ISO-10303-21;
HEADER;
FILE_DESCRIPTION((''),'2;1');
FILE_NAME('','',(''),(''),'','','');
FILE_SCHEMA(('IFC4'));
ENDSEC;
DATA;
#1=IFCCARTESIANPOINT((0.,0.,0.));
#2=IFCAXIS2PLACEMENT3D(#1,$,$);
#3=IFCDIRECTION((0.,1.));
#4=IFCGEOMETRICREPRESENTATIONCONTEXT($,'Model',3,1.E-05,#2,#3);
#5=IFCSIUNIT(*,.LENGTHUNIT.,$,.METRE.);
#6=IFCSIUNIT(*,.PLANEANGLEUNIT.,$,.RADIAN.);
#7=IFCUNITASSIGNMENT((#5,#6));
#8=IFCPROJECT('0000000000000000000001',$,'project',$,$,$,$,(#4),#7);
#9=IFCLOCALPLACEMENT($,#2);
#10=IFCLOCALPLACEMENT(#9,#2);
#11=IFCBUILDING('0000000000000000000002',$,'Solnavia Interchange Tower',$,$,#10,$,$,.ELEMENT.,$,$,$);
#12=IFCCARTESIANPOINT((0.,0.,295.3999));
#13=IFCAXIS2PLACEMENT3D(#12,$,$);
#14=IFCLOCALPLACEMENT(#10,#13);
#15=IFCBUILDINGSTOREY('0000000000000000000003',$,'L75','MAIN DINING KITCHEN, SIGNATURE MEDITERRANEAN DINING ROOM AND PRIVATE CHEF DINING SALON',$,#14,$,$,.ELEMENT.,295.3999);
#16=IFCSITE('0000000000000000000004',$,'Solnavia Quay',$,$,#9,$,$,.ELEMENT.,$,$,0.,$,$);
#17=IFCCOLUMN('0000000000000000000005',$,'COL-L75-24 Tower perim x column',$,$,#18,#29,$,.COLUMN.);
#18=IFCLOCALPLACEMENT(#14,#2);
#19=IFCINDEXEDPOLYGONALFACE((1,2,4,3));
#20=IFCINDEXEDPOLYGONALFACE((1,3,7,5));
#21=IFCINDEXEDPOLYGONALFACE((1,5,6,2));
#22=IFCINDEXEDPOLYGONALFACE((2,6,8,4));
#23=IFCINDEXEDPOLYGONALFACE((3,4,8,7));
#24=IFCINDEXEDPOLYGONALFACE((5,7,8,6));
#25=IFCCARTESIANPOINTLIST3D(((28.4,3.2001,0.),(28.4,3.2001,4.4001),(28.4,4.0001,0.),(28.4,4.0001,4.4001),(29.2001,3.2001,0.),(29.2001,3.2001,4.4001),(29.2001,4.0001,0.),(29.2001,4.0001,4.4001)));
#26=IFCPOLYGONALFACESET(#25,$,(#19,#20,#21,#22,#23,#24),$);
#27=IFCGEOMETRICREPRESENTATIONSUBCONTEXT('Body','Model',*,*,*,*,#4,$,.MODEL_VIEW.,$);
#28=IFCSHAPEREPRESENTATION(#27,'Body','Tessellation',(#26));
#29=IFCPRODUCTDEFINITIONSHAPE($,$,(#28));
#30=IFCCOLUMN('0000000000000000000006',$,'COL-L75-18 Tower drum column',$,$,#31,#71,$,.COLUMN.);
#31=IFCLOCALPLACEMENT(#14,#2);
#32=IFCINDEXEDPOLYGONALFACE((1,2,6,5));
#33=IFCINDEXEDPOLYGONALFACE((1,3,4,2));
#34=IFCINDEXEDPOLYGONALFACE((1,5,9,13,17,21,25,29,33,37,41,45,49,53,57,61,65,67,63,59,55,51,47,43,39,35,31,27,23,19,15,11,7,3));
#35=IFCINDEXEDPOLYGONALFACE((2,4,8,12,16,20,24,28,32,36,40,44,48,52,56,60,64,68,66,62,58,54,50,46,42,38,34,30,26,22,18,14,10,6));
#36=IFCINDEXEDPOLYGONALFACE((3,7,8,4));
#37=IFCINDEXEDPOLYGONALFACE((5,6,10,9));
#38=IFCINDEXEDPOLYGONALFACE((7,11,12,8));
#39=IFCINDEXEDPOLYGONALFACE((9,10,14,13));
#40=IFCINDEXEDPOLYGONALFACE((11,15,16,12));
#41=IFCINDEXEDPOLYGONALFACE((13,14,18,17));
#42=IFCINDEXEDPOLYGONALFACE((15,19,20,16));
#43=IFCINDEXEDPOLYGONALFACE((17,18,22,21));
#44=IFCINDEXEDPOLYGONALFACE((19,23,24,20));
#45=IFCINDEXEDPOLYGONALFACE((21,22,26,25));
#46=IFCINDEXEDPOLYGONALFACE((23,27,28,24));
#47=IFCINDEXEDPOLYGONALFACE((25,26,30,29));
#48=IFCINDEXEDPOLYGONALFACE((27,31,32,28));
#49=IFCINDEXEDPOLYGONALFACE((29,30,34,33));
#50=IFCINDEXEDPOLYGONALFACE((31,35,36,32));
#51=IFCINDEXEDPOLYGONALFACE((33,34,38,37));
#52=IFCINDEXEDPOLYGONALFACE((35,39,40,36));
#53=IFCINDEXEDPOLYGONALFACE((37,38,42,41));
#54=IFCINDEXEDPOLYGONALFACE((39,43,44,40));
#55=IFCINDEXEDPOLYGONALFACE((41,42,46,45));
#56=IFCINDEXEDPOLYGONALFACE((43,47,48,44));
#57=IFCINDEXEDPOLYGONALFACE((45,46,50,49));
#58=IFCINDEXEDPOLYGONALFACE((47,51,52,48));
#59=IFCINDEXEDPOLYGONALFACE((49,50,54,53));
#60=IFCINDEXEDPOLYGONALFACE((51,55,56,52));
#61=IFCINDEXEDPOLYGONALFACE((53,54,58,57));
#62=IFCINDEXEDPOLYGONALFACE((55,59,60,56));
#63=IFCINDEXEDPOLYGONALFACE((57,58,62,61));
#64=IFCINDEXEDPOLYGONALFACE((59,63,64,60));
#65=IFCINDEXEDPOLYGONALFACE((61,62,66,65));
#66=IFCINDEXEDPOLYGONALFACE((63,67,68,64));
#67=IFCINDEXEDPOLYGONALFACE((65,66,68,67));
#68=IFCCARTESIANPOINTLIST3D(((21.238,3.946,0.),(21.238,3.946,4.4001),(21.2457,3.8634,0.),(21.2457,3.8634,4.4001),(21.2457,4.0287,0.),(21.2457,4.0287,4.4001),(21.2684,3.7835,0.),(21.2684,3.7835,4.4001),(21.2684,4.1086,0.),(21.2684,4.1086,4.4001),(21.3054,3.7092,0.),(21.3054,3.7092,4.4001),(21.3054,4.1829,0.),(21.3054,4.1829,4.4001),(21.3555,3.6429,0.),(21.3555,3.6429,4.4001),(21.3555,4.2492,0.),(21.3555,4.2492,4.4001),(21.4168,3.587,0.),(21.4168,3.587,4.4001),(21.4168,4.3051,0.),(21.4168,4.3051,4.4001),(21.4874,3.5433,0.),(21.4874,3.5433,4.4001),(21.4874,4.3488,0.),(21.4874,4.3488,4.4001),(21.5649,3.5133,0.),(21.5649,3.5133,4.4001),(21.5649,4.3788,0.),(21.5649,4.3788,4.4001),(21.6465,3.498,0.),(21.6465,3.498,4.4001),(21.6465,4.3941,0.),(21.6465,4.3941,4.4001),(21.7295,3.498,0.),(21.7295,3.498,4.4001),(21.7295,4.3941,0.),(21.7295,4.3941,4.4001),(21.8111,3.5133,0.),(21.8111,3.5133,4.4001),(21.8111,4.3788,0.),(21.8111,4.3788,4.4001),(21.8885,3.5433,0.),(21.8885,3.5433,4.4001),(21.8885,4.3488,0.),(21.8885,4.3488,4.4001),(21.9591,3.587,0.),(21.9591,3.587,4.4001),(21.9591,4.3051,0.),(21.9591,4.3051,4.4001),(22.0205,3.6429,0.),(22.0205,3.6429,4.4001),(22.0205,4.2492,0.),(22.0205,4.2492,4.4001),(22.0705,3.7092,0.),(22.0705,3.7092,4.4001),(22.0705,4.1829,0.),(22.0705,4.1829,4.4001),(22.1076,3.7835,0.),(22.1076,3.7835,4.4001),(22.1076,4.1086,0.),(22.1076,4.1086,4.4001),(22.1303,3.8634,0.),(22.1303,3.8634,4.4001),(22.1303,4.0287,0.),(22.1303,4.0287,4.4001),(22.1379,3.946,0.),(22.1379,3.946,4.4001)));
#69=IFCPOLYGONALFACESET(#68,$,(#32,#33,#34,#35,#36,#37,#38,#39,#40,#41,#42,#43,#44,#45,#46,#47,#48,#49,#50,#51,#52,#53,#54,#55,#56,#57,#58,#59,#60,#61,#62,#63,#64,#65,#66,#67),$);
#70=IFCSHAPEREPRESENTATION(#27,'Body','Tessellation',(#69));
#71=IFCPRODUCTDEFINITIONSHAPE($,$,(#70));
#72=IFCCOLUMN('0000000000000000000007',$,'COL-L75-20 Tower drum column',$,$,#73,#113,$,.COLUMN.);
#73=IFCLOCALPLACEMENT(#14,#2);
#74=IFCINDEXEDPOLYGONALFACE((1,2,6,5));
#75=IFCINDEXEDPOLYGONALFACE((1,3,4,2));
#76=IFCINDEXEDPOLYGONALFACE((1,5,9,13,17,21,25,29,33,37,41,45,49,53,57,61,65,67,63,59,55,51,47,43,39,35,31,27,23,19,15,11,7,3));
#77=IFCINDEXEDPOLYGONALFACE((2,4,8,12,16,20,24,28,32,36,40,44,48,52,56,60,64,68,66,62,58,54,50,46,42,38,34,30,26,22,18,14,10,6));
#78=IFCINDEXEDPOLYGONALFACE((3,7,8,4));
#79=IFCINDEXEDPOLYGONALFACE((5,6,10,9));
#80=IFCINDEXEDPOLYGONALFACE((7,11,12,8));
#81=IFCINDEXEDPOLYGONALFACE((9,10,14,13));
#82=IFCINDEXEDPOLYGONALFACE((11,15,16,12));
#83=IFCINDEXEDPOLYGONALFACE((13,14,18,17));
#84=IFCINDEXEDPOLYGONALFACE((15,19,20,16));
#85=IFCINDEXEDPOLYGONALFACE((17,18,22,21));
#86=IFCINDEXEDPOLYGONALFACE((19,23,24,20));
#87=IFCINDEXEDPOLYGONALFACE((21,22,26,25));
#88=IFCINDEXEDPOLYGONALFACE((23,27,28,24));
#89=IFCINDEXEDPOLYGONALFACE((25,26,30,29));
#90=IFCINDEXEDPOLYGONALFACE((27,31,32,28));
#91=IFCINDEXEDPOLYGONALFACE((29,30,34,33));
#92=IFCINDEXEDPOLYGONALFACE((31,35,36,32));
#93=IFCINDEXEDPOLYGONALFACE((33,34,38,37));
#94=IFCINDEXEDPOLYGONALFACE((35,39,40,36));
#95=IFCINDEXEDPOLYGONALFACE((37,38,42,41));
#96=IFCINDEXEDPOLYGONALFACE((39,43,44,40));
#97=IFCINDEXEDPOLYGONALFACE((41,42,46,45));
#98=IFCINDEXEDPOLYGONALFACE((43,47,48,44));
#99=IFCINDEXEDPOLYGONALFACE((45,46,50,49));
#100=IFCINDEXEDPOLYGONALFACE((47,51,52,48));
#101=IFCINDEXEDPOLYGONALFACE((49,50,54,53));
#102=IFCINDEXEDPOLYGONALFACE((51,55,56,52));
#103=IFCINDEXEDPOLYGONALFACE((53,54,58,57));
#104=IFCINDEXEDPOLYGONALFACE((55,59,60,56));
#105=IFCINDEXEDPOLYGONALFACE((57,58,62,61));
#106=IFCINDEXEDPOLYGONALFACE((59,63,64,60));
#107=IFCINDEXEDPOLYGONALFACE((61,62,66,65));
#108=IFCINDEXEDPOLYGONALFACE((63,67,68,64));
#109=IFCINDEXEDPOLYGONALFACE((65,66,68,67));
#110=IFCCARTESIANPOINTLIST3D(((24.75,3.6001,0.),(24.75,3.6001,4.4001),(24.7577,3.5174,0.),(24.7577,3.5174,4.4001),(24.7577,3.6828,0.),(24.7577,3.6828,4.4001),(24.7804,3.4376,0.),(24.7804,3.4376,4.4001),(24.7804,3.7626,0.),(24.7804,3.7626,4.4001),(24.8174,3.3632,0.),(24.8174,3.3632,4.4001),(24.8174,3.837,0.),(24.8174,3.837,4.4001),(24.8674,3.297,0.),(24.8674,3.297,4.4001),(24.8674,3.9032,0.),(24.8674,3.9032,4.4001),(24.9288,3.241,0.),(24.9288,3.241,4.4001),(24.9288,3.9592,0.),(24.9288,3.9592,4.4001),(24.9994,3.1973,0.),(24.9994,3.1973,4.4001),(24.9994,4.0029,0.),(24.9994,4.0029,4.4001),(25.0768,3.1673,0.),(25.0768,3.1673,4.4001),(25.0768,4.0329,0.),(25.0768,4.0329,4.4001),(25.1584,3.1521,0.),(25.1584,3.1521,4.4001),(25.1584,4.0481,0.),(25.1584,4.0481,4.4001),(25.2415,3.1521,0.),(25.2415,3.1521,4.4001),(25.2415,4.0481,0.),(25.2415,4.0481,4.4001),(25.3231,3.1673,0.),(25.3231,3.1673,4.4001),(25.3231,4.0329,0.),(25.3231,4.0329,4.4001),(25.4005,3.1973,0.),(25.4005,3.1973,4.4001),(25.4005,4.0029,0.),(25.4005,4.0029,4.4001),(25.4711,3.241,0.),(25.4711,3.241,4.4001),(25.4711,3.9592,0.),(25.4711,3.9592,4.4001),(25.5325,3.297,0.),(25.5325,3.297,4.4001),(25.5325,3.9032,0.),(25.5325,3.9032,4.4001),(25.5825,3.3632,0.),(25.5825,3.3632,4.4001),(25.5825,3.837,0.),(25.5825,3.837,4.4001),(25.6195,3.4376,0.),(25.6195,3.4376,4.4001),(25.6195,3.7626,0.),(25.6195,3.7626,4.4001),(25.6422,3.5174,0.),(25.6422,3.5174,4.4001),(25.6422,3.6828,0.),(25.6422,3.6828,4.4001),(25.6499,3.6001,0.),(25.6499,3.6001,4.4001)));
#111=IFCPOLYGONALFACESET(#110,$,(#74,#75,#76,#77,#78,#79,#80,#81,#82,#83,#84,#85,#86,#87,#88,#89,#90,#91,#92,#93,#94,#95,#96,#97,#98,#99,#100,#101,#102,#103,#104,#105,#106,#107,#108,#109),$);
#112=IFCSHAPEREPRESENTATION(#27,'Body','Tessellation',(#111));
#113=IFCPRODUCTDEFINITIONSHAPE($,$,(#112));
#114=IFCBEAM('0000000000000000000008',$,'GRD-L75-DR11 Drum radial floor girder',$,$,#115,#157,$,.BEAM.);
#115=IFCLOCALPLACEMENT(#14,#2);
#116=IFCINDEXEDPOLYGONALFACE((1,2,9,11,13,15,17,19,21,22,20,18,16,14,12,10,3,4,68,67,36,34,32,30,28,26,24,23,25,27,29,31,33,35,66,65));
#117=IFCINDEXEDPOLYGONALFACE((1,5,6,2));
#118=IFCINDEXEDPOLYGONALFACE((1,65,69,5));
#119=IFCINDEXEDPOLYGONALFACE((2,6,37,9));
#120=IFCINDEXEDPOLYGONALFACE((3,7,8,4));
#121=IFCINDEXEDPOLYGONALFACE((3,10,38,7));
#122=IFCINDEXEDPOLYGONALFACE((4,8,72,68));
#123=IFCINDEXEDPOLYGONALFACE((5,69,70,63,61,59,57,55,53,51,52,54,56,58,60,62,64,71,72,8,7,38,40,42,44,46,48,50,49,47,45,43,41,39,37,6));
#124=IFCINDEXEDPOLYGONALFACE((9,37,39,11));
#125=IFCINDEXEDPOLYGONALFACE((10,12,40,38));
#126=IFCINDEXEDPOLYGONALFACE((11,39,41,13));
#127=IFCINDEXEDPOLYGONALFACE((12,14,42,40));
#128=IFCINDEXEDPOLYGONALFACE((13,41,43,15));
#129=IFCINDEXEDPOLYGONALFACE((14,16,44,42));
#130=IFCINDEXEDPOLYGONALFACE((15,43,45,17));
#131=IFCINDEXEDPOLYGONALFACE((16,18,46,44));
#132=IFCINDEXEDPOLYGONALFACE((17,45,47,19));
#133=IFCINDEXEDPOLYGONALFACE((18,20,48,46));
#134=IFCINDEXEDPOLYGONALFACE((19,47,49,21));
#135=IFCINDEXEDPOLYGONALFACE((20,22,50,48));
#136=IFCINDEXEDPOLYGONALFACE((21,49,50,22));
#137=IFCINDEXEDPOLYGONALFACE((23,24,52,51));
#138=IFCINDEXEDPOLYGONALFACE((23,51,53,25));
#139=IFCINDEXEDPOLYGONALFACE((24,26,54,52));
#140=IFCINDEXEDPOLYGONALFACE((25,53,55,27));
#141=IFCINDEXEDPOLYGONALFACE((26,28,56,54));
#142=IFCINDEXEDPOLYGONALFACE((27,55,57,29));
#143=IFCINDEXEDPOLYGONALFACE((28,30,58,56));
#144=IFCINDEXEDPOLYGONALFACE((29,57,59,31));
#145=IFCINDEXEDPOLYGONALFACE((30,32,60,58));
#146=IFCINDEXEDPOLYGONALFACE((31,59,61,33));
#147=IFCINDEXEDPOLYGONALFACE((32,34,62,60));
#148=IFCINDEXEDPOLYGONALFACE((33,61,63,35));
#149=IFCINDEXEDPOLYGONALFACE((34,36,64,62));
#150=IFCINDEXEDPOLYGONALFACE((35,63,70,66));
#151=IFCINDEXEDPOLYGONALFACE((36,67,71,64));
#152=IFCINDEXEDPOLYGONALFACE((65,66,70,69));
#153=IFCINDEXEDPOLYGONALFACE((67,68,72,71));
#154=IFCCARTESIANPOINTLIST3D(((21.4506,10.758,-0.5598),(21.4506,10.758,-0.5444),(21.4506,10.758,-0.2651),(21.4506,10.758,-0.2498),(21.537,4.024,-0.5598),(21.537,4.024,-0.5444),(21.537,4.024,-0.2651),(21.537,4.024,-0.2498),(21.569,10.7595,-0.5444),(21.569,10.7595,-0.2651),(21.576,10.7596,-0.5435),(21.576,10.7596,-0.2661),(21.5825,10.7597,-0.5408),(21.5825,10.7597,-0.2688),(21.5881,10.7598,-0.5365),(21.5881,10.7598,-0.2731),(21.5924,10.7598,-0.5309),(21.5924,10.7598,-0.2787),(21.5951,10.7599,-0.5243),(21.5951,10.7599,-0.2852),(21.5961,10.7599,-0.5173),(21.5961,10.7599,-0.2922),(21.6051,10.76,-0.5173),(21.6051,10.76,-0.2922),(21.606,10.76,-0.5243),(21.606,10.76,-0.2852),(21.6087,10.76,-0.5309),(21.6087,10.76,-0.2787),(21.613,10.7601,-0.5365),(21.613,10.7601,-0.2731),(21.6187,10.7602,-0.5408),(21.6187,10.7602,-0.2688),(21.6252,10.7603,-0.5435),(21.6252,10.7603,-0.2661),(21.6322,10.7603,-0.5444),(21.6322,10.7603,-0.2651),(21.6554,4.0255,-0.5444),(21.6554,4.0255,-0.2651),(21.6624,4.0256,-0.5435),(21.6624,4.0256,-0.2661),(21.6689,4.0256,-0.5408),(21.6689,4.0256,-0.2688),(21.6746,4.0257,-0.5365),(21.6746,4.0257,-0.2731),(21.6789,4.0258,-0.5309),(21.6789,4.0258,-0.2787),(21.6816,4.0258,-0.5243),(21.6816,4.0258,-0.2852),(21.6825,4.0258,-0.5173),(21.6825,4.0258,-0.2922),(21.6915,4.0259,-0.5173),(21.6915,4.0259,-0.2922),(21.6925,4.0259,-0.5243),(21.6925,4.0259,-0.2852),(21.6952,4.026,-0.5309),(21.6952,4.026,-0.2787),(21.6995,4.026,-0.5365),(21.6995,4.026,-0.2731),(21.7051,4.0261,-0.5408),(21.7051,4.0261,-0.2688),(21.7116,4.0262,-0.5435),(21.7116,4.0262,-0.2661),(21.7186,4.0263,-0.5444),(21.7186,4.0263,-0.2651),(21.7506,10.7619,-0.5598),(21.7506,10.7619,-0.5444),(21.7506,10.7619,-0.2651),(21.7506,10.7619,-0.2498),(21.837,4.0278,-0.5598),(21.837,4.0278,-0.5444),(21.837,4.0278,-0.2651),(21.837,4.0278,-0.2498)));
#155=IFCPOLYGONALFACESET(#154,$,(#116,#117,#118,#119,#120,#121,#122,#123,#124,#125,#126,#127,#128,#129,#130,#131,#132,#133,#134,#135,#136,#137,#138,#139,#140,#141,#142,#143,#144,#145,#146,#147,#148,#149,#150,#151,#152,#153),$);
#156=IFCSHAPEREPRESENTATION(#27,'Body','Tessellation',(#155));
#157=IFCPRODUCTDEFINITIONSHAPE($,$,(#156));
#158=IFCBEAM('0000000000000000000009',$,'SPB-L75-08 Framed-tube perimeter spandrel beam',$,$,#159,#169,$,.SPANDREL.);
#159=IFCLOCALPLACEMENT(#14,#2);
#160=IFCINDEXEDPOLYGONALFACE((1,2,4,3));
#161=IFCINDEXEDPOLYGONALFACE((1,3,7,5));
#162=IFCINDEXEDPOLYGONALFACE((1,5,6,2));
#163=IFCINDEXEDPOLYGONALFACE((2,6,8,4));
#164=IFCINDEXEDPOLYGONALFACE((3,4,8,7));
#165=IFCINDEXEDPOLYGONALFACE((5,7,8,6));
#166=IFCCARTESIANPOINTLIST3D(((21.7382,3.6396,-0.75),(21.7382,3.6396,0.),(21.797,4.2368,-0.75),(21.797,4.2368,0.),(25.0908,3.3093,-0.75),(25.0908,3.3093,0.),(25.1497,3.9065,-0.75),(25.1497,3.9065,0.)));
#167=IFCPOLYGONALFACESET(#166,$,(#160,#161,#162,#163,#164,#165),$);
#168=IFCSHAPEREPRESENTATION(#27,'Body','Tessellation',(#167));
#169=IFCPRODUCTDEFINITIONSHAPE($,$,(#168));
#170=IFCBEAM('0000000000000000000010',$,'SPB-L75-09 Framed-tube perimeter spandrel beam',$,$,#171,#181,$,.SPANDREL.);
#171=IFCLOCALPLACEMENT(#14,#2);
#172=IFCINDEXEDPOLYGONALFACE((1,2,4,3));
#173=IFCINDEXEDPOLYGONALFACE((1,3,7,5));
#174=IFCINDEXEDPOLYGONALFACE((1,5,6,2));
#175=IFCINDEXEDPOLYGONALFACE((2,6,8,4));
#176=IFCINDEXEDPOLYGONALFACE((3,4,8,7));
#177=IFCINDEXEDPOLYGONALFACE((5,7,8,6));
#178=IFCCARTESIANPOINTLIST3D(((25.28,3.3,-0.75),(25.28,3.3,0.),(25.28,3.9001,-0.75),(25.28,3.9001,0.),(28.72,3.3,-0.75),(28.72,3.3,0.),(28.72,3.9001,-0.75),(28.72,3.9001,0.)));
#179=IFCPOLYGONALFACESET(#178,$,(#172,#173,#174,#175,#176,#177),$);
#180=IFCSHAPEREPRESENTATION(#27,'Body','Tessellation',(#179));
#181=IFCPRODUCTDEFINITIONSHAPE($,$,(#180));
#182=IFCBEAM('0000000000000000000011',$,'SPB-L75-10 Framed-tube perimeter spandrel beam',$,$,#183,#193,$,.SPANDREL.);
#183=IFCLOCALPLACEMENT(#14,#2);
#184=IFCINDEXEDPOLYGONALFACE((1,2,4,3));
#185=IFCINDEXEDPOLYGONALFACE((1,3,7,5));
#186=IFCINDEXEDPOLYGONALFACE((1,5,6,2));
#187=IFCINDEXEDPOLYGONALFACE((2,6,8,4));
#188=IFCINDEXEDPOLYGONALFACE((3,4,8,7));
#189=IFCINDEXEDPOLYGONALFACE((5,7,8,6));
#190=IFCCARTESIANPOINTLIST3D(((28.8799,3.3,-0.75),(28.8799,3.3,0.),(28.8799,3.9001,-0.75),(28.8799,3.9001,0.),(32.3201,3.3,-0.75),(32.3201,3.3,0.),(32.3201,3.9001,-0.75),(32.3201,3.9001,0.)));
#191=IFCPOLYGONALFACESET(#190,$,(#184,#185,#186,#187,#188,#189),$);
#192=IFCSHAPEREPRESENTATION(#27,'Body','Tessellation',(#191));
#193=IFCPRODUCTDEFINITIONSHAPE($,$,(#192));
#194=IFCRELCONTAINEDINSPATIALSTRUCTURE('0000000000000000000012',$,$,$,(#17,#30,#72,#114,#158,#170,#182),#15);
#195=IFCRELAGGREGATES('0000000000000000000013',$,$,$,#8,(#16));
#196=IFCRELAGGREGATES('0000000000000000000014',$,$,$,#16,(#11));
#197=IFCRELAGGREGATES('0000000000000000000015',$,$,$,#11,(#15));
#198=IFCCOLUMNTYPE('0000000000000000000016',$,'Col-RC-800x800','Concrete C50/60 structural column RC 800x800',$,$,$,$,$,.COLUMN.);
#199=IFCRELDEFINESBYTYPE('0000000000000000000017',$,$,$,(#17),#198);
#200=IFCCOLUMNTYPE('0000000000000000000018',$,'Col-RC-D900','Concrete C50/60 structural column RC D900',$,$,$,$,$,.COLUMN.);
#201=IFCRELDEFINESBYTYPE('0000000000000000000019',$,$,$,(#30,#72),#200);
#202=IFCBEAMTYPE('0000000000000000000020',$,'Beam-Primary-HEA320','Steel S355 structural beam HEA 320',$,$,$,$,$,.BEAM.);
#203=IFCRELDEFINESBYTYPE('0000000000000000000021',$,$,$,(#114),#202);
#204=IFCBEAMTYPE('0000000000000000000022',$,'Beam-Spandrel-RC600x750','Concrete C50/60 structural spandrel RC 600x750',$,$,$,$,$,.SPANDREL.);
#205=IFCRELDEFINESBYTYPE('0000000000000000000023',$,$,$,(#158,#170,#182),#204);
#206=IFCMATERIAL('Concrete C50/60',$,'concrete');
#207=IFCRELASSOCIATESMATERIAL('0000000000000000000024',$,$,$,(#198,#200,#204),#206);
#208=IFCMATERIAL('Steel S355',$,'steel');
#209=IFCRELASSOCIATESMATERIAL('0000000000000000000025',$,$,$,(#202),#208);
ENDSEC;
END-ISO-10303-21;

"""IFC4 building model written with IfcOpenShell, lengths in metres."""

from ifc_helpers import new_model, si_unit, direction, frame, origin, origin_2d, place, context, subcontext, project, spatial, rectangle, circle, i_section, extrude, material, material_profile, profile_set, type_object, element, save


model = new_model("IFC4")

# Units and contexts
model_context = context("Model", 3, precision=1e-05, world=origin(), true_north=direction((0.0, 1.0)))
body_context = subcontext(model_context, "Body", "Model", "MODEL_VIEW")
ifc_project = project(units=[si_unit("LENGTHUNIT", "METRE"), si_unit("PLANEANGLEUNIT", "RADIAN")], contexts=[model_context])

# Site, building, storey
site_placement = place(None, origin())
site = spatial("IfcSite", under=ifc_project, at=site_placement, Name="Solnavia Quay", CompositionType="ELEMENT", RefElevation=0.0)
building_placement = place(site_placement, origin())
building = spatial("IfcBuilding", under=site, at=building_placement, Name="Solnavia Interchange Tower", CompositionType="ELEMENT")
storey_placement = place(building_placement, frame((0.0, 0.0, 295.3999)))
storey = spatial("IfcBuildingStorey", under=building, at=storey_placement, Name="L75", Description="MAIN DINING KITCHEN, SIGNATURE MEDITERRANEAN DINING ROOM AND PRIVATE CHEF DINING SALON", CompositionType="ELEMENT", Elevation=295.3999)

# Columns
ifc_material_1 = material(Name="Concrete C50/60", Category="concrete")
ifc_material_profile_1 = material_profile(ifc_material_1, rectangle(XDim=0.8, YDim=0.8, at=origin_2d()), Name="RC 800x800")
ifc_profile_set_1 = profile_set([ifc_material_profile_1], Name="Concrete C50/60")
column_type_1 = type_object("IfcColumnType", Name="Col-RC-800x800", Description="Concrete C50/60 structural column RC 800x800", PredefinedType="COLUMN", material=ifc_profile_set_1)
column_placement = place(storey_placement, frame((28.8, 3.6001, 0.0), z_axis=(0.0, 0.0, 1.0), x_axis=(1.0, 0.0, 0.0)))
element("IfcColumn", 1, at=column_placement, inside=storey, type_object=column_type_1, Name="COL-L75-24 Tower perim x column", PredefinedType="COLUMN", context=body_context, shape_type="SweptSolid", body=[
    extrude(rectangle(XDim=0.8, YDim=0.8, at=origin_2d()), origin(), (0.0, 0.0, 1.0), 4.4001),
])
ifc_material_profile_2 = material_profile(ifc_material_1, circle(Radius=0.45, at=origin_2d()), Name="RC D900")
ifc_profile_set_2 = profile_set([ifc_material_profile_2], Name="Concrete C50/60")
column_type_2 = type_object("IfcColumnType", Name="Col-RC-D900", Description="Concrete C50/60 structural column RC D900", PredefinedType="COLUMN", material=ifc_profile_set_2)
for number, where, z_axis, x_axis, name in (
    (2, (21.688, 3.946, 0.0), (0.0, 0.0, 1.0), (1.0, 0.0, 0.0), "COL-L75-18 Tower drum column"),
    (3, (25.2, 3.6001, 0.0), (0.0, 0.0, 1.0), (1.0, 0.0, 0.0), "COL-L75-20 Tower drum column"),
):
    element("IfcColumn", number, at=place(storey_placement, frame(where, z_axis=z_axis, x_axis=x_axis)), inside=storey, type_object=column_type_2, Name=name, PredefinedType="COLUMN", context=body_context, shape_type="SweptSolid", body=[
        extrude(circle(Radius=0.45, at=origin_2d()), origin(), (0.0, 0.0, 1.0), 4.4001),
    ])

# Beams
ifc_material_2 = material(Name="Steel S355", Category="steel")
ifc_material_profile_3 = material_profile(ifc_material_2, i_section(OverallWidth=0.3, OverallDepth=0.3101, WebThickness=0.009, FlangeThickness=0.0154, FilletRadius=0.0271, at=origin_2d()), Name="HEA 320")
ifc_profile_set_3 = profile_set([ifc_material_profile_3], Name="Steel S355")
beam_type_1 = type_object("IfcBeamType", Name="Beam-Primary-HEA320", Description="Steel S355 structural beam HEA 320", PredefinedType="BEAM", material=ifc_profile_set_3)
beam_1_placement = place(storey_placement, frame((21.687, 4.0259, -0.4048), z_axis=(-0.012833, 0.999918, 0.0), x_axis=(-0.999918, -0.012833, 0.0)))
element("IfcBeam", 4, at=beam_1_placement, inside=storey, type_object=beam_type_1, Name="GRD-L75-DR11 Drum radial floor girder", PredefinedType="BEAM", context=body_context, shape_type="SweptSolid", body=[
    extrude(i_section(OverallWidth=0.3, OverallDepth=0.3101, WebThickness=0.009, FlangeThickness=0.0154, FilletRadius=0.0271, at=origin_2d()), origin(), (0.0, 0.0, 1.0), 6.7346),
])
ifc_material_profile_4 = material_profile(ifc_material_1, rectangle(XDim=0.6001, YDim=0.75, at=origin_2d()), Name="RC 600x750")
ifc_profile_set_4 = profile_set([ifc_material_profile_4], Name="Concrete C50/60")
beam_type_2 = type_object("IfcBeamType", Name="Beam-Spandrel-RC600x750", Description="Concrete C50/60 structural spandrel RC 600x750", PredefinedType="SPANDREL", material=ifc_profile_set_4)
beam_2_placement = place(storey_placement, frame((21.7676, 3.9382, -0.375), z_axis=(0.995182, -0.098047, 0.0), x_axis=(0.098047, 0.995182, 0.0)))
element("IfcBeam", 5, at=beam_2_placement, inside=storey, type_object=beam_type_2, Name="SPB-L75-08 Framed-tube perimeter spandrel beam", PredefinedType="SPANDREL", context=body_context, shape_type="SweptSolid", body=[
    extrude(rectangle(XDim=0.6001, YDim=0.75, at=origin_2d()), origin(), (0.0, 0.0, 1.0), 3.3689),
])
beam_3_placement = place(storey_placement, frame((25.28, 3.6001, -0.375), z_axis=(1.0, 0.0, 0.0), x_axis=(0.0, 1.0, 0.0)))
element("IfcBeam", 6, at=beam_3_placement, inside=storey, type_object=beam_type_2, Name="SPB-L75-09 Framed-tube perimeter spandrel beam", PredefinedType="SPANDREL", context=body_context, shape_type="SweptSolid", body=[
    extrude(rectangle(XDim=0.6001, YDim=0.75, at=origin_2d()), origin(), (0.0, 0.0, 1.0), 3.4399),
])
beam_4_placement = place(storey_placement, frame((28.8799, 3.6001, -0.375), z_axis=(1.0, 0.0, 0.0), x_axis=(0.0, 1.0, 0.0)))
element("IfcBeam", 7, at=beam_4_placement, inside=storey, type_object=beam_type_2, Name="SPB-L75-10 Framed-tube perimeter spandrel beam", PredefinedType="SPANDREL", context=body_context, shape_type="SweptSolid", body=[
    extrude(rectangle(XDim=0.6001, YDim=0.75, at=origin_2d()), origin(), (0.0, 0.0, 1.0), 3.4402),
])

save(model, "model.ifc")
